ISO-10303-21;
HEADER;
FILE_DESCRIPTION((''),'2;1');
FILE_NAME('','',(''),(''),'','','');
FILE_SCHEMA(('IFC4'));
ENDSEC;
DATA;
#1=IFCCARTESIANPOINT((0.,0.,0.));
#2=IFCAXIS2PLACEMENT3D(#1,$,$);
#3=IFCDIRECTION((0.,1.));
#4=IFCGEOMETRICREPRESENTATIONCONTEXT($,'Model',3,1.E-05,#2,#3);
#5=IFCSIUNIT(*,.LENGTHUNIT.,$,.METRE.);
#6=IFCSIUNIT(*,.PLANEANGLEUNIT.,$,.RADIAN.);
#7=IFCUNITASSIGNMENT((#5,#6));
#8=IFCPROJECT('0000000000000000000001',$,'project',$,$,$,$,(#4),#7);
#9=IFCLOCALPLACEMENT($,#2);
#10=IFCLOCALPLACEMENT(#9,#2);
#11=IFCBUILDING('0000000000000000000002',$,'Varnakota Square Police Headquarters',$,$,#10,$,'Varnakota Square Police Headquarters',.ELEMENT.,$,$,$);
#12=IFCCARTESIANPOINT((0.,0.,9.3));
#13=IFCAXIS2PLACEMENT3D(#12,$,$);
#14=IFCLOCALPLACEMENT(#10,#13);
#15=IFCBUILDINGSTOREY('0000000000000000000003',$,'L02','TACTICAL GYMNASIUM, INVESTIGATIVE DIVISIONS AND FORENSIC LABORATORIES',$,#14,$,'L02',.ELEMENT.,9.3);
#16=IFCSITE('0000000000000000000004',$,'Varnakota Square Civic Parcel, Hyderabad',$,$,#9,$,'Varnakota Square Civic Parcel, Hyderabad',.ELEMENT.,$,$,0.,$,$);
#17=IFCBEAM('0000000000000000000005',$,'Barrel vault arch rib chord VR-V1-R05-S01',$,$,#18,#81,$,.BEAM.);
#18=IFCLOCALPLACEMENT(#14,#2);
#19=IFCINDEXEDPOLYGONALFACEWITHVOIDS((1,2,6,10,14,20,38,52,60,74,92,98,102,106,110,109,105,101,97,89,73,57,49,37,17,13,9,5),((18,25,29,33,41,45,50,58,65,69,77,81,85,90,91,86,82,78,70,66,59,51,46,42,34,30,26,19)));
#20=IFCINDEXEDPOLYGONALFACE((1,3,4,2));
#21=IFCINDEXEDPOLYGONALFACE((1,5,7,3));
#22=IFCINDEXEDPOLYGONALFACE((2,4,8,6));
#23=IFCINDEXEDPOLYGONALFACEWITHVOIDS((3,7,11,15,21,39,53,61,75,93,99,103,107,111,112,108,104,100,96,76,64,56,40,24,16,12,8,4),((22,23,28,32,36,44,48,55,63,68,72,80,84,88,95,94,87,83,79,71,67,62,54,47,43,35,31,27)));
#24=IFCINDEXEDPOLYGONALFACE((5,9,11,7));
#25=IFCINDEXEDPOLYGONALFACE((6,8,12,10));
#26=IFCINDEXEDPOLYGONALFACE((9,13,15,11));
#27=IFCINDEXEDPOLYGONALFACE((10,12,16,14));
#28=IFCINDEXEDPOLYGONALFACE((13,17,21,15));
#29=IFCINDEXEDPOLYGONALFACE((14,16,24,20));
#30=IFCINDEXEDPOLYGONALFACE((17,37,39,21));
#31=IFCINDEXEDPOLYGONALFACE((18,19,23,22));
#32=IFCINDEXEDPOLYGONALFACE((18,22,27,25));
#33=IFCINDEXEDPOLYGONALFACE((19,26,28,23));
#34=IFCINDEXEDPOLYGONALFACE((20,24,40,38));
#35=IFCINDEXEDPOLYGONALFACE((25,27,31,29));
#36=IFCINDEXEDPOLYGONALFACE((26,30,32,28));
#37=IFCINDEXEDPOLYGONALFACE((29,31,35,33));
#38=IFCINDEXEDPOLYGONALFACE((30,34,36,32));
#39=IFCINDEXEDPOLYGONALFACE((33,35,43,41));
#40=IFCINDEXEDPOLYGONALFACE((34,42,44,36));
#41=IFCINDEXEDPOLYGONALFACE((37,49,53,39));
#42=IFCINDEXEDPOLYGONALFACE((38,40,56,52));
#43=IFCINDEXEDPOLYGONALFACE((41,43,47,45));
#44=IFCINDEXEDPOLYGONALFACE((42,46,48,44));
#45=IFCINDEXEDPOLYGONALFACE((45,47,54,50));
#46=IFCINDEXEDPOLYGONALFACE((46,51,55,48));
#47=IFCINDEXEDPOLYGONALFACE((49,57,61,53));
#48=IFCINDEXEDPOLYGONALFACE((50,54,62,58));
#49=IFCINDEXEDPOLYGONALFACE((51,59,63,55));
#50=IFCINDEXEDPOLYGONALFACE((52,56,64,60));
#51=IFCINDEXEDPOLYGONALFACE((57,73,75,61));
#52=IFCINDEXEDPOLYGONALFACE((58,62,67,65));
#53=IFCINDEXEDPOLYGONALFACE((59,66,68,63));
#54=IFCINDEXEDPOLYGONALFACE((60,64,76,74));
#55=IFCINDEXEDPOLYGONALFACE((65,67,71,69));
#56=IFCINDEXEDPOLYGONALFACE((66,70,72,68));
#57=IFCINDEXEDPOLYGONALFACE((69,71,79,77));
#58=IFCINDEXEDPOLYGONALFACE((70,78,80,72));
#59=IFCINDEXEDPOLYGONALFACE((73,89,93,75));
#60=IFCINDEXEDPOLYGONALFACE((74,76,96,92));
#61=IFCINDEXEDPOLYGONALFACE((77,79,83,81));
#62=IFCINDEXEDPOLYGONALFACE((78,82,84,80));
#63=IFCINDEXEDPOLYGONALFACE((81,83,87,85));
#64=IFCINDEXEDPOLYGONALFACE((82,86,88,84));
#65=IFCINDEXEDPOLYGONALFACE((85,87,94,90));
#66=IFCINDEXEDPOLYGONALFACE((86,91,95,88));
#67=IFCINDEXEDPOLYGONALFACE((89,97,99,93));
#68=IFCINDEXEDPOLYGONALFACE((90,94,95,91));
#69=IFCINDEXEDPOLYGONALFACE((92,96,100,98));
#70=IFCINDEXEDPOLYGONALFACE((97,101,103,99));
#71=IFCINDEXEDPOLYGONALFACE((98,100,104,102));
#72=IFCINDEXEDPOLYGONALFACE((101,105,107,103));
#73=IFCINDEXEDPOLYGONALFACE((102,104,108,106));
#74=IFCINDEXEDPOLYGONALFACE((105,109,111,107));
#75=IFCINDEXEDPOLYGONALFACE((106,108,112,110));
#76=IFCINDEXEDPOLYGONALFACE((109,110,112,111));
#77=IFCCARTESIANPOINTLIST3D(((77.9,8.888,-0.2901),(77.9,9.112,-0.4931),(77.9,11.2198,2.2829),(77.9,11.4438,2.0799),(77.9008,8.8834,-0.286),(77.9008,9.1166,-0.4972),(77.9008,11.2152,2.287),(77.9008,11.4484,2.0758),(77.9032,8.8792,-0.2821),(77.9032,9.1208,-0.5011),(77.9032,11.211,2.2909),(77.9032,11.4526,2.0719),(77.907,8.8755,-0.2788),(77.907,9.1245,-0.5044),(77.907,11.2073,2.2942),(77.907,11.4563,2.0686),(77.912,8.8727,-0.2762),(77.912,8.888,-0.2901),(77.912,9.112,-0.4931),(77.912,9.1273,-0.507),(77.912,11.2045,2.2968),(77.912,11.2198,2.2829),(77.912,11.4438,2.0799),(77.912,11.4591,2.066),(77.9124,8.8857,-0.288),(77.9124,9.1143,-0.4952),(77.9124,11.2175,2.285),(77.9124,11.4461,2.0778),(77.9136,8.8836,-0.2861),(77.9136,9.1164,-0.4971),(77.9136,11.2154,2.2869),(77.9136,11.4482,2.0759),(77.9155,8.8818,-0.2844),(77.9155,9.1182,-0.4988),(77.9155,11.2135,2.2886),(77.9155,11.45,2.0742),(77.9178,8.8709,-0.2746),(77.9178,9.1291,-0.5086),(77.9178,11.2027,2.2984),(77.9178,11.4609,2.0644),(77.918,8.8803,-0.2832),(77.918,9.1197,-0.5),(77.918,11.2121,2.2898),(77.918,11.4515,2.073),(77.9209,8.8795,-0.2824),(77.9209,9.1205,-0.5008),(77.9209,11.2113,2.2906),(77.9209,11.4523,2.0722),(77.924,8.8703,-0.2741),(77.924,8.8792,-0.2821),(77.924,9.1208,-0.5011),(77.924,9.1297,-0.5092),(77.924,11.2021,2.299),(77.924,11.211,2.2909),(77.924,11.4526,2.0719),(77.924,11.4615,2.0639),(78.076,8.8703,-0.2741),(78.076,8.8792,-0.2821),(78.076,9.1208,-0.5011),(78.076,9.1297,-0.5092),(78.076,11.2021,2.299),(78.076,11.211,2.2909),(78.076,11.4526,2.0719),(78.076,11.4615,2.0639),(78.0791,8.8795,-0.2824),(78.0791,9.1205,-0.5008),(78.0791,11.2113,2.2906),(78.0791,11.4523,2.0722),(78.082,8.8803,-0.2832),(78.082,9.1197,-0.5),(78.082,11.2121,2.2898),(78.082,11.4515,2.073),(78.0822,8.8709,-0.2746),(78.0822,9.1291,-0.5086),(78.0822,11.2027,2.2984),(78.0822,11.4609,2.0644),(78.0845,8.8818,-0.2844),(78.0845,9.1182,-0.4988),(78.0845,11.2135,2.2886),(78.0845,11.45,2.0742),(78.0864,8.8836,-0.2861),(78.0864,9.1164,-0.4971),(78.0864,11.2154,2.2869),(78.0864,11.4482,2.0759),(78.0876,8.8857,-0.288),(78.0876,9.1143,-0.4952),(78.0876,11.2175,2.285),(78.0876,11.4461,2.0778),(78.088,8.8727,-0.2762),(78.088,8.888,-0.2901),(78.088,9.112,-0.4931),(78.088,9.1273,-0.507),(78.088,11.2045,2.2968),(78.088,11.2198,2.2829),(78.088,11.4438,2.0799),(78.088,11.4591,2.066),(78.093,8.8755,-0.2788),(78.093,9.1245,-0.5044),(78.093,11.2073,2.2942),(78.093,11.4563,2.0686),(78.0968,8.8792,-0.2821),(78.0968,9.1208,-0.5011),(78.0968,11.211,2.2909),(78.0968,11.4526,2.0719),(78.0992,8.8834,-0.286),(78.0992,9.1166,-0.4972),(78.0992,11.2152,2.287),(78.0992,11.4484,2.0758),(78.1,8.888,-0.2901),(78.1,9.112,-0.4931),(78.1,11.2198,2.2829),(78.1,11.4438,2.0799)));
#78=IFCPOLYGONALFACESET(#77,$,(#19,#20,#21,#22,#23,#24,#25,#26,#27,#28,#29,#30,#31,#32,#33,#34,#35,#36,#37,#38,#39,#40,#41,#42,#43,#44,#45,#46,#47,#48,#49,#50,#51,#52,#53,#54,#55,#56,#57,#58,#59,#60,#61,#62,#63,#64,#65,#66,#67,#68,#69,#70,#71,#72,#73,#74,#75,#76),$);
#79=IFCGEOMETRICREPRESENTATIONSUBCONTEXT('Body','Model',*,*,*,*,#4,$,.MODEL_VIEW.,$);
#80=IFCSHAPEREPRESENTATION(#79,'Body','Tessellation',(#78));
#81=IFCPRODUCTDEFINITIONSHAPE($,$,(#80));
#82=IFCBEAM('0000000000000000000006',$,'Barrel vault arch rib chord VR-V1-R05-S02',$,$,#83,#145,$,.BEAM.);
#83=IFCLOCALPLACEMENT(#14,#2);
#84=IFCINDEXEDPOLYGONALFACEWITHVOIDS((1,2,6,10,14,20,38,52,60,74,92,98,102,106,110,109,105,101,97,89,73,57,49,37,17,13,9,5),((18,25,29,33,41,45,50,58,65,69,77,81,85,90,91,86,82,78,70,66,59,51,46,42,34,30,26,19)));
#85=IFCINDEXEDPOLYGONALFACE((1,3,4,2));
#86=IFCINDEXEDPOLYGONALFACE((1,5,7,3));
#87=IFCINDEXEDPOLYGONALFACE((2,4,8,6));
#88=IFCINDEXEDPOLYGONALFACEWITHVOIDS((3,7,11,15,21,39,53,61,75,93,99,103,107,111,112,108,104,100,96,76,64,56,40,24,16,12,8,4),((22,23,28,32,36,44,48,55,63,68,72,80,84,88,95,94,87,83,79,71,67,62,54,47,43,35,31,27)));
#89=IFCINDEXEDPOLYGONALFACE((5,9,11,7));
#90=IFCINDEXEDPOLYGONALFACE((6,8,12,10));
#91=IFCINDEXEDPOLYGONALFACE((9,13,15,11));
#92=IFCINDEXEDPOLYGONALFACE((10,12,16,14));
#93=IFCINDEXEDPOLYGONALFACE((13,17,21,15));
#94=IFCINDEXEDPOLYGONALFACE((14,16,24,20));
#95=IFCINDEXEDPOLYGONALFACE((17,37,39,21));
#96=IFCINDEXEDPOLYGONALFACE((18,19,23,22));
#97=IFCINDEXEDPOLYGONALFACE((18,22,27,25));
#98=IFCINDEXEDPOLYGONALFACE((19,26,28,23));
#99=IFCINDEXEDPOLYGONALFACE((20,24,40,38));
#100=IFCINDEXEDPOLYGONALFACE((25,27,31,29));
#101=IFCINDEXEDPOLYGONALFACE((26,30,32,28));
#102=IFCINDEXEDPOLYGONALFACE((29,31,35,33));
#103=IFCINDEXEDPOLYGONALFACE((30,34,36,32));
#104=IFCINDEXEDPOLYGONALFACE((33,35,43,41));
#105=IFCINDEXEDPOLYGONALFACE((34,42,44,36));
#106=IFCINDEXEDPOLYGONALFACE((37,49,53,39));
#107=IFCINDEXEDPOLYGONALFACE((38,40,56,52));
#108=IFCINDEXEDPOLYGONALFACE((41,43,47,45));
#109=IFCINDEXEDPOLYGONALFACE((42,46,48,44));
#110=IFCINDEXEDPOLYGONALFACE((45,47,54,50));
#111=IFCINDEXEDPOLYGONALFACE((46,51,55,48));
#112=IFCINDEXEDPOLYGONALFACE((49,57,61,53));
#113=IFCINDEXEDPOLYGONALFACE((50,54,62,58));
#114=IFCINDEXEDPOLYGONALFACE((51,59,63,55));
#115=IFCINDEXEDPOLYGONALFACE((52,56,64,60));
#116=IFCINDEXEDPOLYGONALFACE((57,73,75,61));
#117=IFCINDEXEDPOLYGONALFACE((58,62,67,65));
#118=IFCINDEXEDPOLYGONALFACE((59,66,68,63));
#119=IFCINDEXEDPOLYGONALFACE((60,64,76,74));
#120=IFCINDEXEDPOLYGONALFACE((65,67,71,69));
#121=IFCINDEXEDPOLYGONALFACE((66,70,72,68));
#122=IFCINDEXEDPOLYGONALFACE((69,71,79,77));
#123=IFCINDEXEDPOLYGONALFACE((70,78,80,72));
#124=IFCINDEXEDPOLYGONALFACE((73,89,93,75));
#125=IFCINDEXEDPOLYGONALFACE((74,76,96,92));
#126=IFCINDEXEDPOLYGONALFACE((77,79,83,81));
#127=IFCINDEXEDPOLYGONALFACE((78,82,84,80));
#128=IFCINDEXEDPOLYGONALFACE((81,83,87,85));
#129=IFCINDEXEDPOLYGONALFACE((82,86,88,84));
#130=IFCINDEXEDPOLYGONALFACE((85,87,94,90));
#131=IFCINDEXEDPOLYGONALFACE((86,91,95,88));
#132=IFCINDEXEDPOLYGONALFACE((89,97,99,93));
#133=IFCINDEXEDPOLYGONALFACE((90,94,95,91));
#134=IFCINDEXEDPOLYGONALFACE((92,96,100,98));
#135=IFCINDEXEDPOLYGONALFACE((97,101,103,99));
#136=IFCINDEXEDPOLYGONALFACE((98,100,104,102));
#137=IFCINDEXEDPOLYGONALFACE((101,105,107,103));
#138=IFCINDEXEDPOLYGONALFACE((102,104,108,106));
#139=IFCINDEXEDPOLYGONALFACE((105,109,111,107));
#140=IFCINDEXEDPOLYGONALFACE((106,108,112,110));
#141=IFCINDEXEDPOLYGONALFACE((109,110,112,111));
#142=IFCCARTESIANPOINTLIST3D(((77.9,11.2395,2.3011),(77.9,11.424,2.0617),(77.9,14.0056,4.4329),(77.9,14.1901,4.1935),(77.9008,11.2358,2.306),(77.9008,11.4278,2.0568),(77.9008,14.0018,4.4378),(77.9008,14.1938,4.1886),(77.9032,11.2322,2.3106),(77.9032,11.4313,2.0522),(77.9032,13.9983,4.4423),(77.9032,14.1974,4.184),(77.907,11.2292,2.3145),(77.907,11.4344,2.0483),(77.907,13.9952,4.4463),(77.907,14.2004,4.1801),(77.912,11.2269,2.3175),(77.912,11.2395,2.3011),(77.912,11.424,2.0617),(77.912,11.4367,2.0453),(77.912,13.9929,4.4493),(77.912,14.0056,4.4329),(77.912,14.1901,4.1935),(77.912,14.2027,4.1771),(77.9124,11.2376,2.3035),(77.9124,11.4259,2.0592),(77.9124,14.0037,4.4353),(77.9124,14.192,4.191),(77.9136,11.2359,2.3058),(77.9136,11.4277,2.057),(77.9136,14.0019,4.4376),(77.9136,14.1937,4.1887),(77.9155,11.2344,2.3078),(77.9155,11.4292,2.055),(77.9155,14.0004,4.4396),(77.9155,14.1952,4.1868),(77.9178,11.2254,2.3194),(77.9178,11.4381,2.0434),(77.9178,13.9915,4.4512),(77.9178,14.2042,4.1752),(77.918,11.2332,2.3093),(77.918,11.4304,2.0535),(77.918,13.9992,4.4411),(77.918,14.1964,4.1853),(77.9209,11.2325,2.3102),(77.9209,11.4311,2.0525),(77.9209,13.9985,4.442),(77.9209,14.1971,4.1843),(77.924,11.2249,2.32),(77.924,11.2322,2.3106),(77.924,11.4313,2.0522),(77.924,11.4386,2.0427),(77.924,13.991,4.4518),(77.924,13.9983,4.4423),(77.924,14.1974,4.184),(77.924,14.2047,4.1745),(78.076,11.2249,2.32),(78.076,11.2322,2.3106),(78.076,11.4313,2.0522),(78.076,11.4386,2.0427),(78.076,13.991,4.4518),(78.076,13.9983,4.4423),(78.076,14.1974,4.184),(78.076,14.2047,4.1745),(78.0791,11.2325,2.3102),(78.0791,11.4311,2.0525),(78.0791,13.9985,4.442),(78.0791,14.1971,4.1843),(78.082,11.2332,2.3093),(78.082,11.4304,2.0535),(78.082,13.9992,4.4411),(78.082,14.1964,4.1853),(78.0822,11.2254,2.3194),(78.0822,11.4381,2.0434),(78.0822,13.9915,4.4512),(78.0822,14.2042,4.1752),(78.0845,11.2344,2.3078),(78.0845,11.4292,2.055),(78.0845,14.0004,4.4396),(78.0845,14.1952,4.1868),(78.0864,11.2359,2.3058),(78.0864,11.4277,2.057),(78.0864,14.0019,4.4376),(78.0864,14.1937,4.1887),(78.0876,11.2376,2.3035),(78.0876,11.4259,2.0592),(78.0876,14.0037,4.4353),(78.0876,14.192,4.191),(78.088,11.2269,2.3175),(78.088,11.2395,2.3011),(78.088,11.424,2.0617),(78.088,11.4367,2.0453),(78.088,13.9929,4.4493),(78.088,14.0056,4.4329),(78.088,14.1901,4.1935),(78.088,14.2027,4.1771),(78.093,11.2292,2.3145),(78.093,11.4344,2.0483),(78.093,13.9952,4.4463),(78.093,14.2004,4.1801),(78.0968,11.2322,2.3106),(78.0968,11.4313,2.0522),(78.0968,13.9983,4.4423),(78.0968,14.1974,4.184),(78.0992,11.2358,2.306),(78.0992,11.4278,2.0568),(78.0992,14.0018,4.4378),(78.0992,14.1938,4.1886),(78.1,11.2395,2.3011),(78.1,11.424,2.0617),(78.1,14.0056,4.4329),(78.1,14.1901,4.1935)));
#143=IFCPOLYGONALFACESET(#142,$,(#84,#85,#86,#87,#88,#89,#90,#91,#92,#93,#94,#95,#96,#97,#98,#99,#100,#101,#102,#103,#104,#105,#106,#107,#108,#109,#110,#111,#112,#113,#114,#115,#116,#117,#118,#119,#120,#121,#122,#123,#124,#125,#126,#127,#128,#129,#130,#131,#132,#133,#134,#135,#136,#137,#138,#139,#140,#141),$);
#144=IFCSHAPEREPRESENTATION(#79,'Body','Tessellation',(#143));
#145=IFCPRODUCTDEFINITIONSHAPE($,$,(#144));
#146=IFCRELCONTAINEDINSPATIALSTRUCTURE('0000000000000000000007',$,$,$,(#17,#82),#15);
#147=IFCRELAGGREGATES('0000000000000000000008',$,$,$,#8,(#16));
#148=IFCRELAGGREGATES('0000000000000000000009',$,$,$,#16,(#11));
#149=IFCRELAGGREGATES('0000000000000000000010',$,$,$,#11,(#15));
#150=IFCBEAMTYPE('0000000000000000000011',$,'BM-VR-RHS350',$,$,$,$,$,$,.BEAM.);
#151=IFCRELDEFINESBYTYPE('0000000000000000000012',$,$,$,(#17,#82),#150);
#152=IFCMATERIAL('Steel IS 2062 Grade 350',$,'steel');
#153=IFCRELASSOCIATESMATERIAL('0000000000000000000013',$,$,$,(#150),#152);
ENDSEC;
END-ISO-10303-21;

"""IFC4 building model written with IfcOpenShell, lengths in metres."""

from ifc_helpers import new_model, si_unit, direction, frame, origin, origin_2d, place, context, subcontext, project, spatial, hollow_rectangle, extrude, material, material_profile, profile_set, type_object, element, save


model = new_model("IFC4")

# Units and contexts
model_context = context("Model", 3, precision=1e-05, world=origin(), true_north=direction((0.0, 1.0)))
body_context = subcontext(model_context, "Body", "Model", "MODEL_VIEW")
ifc_project = project(units=[si_unit("LENGTHUNIT", "METRE"), si_unit("PLANEANGLEUNIT", "RADIAN")], contexts=[model_context])

# Site, building, storey
site_placement = place(None, origin())
site = spatial("IfcSite", under=ifc_project, at=site_placement, Name="Varnakota Square Civic Parcel, Hyderabad", LongName="Varnakota Square Civic Parcel, Hyderabad", CompositionType="ELEMENT", RefElevation=0.0)
building_placement = place(site_placement, origin())
building = spatial("IfcBuilding", under=site, at=building_placement, Name="Varnakota Square Police Headquarters", LongName="Varnakota Square Police Headquarters", CompositionType="ELEMENT")
storey_placement = place(building_placement, frame((0.0, 0.0, 9.3)))
storey = spatial("IfcBuildingStorey", under=building, at=storey_placement, Name="L02", Description="TACTICAL GYMNASIUM, INVESTIGATIVE DIVISIONS AND FORENSIC LABORATORIES", LongName="L02", CompositionType="ELEMENT", Elevation=9.3)

# Beams
ifc_material_1 = material(Name="Steel IS 2062 Grade 350", Category="steel")
ifc_material_profile_1 = material_profile(ifc_material_1, hollow_rectangle(XDim=0.2, YDim=0.3501, WallThickness=0.012, InnerFilletRadius=0.012, OuterFilletRadius=0.0239, at=origin_2d()), Name="RHS 350x200x12")
ifc_profile_set_1 = profile_set([ifc_material_profile_1], Name="Steel IS 2062 Grade 350")
beam_type_1 = type_object("IfcBeamType", Name="BM-VR-RHS350", PredefinedType="BEAM", material=ifc_profile_set_1)
beam_1_placement = place(storey_placement, frame((78.0, 9.0, -0.3916), z_axis=(0.0, 0.671521, 0.740986), x_axis=(-1.0, 0.0, 0.0)))
element("IfcBeam", 1, at=beam_1_placement, inside=storey, type_object=beam_type_1, Name="Barrel vault arch rib chord VR-V1-R05-S01", PredefinedType="BEAM", context=body_context, shape_type="SweptSolid", body=[
    extrude(hollow_rectangle(XDim=0.2, YDim=0.3501, WallThickness=0.012, InnerFilletRadius=0.012, OuterFilletRadius=0.0239, at=origin_2d()), origin(), (0.0, 0.0, 1.0), 3.4724),
])
beam_2_placement = place(storey_placement, frame((78.0, 11.3318, 2.1814), z_axis=(0.0, 0.792062, 0.61044), x_axis=(-1.0, 0.0, 0.0)))
element("IfcBeam", 2, at=beam_2_placement, inside=storey, type_object=beam_type_1, Name="Barrel vault arch rib chord VR-V1-R05-S02", PredefinedType="BEAM", context=body_context, shape_type="SweptSolid", body=[
    extrude(hollow_rectangle(XDim=0.2, YDim=0.3501, WallThickness=0.012, InnerFilletRadius=0.012, OuterFilletRadius=0.0239, at=origin_2d()), origin(), (0.0, 0.0, 1.0), 3.4922),
])

save(model, "model.ifc")
